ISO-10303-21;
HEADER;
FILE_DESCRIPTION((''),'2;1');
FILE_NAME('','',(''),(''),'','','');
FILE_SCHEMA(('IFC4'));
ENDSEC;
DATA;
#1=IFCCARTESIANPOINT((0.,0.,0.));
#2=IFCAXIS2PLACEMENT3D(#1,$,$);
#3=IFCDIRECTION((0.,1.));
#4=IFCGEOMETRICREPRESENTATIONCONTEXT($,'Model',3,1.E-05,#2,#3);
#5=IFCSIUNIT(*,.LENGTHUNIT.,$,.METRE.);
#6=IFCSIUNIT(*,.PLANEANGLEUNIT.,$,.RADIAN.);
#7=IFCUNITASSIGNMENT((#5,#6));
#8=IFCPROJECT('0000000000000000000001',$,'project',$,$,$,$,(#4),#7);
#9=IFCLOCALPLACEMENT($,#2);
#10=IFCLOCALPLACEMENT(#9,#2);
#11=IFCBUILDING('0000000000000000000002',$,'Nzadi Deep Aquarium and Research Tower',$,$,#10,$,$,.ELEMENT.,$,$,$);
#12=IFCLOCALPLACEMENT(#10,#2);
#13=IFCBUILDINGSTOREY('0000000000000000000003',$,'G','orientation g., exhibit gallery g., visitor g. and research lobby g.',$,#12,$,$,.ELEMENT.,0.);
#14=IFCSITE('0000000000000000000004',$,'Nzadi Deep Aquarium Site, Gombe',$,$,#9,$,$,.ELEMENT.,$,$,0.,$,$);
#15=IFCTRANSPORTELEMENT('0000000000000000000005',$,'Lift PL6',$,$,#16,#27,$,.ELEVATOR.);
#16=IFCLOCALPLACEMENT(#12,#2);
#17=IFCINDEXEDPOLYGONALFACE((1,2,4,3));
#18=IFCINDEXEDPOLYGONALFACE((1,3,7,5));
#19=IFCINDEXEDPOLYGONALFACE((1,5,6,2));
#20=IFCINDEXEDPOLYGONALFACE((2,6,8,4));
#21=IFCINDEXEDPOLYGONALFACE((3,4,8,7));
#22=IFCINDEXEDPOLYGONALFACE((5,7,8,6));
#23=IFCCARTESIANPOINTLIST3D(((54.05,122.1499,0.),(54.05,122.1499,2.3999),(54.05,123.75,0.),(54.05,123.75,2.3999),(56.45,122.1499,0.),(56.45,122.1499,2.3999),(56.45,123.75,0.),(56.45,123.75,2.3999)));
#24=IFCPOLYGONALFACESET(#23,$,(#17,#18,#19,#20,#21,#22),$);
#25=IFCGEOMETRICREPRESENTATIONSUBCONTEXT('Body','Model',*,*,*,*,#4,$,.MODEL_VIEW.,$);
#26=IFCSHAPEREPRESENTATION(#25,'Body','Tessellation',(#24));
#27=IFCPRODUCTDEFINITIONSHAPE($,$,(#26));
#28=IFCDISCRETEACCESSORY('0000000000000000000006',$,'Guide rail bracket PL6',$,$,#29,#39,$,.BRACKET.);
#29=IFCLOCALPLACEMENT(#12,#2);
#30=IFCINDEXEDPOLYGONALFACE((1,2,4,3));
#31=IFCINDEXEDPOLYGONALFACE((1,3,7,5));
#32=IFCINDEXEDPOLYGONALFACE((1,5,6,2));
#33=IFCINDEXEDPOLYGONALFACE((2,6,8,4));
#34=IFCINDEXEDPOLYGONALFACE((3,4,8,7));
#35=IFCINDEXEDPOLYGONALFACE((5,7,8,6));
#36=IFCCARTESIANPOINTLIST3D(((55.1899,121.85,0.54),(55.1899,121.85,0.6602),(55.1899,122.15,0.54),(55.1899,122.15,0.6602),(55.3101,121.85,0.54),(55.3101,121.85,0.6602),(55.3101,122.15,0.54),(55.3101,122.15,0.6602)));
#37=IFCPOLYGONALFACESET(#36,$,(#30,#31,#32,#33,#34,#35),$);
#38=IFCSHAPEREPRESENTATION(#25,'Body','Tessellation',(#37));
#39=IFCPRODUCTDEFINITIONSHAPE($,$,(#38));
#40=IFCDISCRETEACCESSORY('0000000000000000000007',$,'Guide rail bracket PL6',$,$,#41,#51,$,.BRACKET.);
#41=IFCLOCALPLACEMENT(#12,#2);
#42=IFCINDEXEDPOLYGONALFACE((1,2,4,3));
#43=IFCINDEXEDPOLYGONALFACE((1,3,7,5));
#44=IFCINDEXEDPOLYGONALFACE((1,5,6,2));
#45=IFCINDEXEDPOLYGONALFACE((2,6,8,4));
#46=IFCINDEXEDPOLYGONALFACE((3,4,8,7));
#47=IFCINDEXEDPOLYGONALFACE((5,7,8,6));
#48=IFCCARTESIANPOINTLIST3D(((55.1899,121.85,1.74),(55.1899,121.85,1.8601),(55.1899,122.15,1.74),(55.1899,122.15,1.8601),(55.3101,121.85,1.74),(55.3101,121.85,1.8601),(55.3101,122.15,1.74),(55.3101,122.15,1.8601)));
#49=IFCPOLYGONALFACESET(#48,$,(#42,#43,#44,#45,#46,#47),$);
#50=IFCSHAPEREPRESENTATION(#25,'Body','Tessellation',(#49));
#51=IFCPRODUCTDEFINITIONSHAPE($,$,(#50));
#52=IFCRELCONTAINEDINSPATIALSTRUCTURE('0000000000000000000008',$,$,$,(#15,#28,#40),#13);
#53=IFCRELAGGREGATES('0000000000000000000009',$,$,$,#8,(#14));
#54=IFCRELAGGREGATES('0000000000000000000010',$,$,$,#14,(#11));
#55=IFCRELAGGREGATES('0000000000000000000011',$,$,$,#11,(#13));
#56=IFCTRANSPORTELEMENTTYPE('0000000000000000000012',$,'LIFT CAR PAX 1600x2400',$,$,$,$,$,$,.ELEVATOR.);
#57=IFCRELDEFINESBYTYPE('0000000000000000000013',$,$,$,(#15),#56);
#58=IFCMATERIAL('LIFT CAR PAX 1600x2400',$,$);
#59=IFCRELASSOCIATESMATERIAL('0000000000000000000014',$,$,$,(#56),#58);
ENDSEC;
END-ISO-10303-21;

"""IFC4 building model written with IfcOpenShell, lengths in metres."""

from ifc_helpers import new_model, si_unit, direction, frame, origin, origin_2d, place, context, subcontext, project, spatial, rectangle, extrude, material, type_object, element, save


model = new_model("IFC4")

# Units and contexts
model_context = context("Model", 3, precision=1e-05, world=origin(), true_north=direction((0.0, 1.0)))
body_context = subcontext(model_context, "Body", "Model", "MODEL_VIEW")
ifc_project = project(units=[si_unit("LENGTHUNIT", "METRE"), si_unit("PLANEANGLEUNIT", "RADIAN")], contexts=[model_context])

# Site, building, storey
site_placement = place(None, origin())
site = spatial("IfcSite", under=ifc_project, at=site_placement, Name="Nzadi Deep Aquarium Site, Gombe", CompositionType="ELEMENT", RefElevation=0.0)
building_placement = place(site_placement, origin())
building = spatial("IfcBuilding", under=site, at=building_placement, Name="Nzadi Deep Aquarium and Research Tower", CompositionType="ELEMENT")
storey_placement = place(building_placement, origin())
storey = spatial("IfcBuildingStorey", under=building, at=storey_placement, Name="G", Description="orientation g., exhibit gallery g., visitor g. and research lobby g.", CompositionType="ELEMENT", Elevation=0.0)

# Transport element
ifc_material_1 = material(Name="LIFT CAR PAX 1600x2400")
transport_element_type = type_object("IfcTransportElementType", Name="LIFT CAR PAX 1600x2400", PredefinedType="ELEVATOR", material=ifc_material_1)
transport_element_placement = place(storey_placement, frame((55.25, 122.95, 0.0), z_axis=(0.0, 0.0, 1.0), x_axis=(1.0, 0.0, 0.0)))
element("IfcTransportElement", 1, at=transport_element_placement, inside=storey, type_object=transport_element_type, Name="Lift PL6", PredefinedType="ELEVATOR", context=body_context, shape_type="SweptSolid", body=[
    extrude(rectangle(XDim=2.3999, YDim=1.6001, at=origin_2d()), origin(), (0.0, 0.0, 1.0), 2.3999),
])

# Discrete accessories
for number, where, z_axis, x_axis, name in (
    (2, (55.25, 122.0, 0.54), (0.0, 0.0, 1.0), (1.0, 0.0, 0.0), "Guide rail bracket PL6"),
    (3, (55.25, 122.0, 1.74), (0.0, 0.0, 1.0), (1.0, 0.0, 0.0), "Guide rail bracket PL6"),
):
    element("IfcDiscreteAccessory", number, at=place(storey_placement, frame(where, z_axis=z_axis, x_axis=x_axis)), inside=storey, Name=name, PredefinedType="BRACKET", context=body_context, shape_type="SweptSolid", body=[
        extrude(rectangle(XDim=0.1201, YDim=0.3, at=origin_2d()), origin(), (0.0, 0.0, 1.0), 0.1201),
    ])

save(model, "model.ifc")
